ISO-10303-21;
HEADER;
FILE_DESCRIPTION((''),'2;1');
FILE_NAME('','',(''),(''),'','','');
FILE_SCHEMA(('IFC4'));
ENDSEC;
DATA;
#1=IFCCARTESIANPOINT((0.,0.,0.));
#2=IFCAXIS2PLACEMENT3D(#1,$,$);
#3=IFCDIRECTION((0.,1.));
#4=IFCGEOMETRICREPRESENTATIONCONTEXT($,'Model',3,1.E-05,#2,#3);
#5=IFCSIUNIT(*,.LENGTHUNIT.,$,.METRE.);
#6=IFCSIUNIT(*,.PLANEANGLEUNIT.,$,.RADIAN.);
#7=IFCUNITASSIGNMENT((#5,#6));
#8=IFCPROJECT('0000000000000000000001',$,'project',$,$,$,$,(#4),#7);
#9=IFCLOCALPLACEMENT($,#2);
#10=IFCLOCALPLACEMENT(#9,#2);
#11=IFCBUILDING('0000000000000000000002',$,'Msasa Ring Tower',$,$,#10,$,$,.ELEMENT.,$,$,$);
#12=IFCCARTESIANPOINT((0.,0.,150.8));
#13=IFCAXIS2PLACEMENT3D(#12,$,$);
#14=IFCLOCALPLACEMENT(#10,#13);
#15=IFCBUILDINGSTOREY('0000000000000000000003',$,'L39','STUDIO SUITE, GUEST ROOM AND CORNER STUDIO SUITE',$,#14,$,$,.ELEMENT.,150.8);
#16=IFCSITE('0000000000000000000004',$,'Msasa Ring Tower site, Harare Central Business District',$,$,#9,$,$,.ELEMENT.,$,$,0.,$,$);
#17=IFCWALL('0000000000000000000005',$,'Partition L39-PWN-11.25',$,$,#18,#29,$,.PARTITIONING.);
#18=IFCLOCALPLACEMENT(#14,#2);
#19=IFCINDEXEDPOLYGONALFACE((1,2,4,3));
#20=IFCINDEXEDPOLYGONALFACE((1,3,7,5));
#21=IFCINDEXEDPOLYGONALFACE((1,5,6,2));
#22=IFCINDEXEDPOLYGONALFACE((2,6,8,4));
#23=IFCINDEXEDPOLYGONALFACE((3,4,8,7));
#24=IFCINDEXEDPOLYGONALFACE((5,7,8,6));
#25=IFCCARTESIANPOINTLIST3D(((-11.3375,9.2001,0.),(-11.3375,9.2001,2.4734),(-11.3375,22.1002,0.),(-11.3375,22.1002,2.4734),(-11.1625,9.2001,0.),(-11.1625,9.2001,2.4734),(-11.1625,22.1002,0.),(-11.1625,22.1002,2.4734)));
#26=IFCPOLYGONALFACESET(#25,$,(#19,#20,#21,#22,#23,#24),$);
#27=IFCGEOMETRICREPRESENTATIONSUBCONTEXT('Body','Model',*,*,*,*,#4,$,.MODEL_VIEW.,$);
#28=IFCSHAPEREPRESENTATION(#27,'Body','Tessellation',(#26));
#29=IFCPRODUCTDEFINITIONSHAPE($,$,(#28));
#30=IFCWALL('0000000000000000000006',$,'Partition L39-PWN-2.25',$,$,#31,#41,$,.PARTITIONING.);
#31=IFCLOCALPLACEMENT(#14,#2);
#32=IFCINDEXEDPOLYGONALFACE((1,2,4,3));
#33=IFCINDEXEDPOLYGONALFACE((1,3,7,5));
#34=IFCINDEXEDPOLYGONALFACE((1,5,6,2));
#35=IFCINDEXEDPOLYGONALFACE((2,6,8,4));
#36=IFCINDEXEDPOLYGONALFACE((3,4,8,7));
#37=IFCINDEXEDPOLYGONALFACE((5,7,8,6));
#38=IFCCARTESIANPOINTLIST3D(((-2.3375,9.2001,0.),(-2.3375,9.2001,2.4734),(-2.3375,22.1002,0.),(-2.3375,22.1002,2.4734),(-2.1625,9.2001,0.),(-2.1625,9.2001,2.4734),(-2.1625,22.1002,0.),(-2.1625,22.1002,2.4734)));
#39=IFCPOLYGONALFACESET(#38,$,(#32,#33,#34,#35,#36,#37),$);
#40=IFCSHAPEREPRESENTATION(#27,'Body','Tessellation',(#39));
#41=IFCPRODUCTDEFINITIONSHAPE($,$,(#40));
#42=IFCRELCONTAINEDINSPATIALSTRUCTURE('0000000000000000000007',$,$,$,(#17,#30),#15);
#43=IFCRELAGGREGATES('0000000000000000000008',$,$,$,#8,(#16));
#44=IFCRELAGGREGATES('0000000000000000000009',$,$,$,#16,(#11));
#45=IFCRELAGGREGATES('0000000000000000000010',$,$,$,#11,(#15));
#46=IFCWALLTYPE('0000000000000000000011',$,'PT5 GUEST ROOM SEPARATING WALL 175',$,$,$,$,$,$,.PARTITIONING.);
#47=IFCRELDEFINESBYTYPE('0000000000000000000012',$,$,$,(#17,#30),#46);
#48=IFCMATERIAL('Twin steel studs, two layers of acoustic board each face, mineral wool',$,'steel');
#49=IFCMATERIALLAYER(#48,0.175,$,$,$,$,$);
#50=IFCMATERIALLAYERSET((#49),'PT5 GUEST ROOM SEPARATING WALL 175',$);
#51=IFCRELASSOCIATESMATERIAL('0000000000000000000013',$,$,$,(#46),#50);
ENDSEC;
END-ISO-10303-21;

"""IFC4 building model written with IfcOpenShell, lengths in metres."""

from ifc_helpers import new_model, si_unit, direction, frame, frame_2d, origin, place, context, subcontext, project, spatial, rectangle, extrude, material, layer, layer_set, type_object, element, save


model = new_model("IFC4")

# Units and contexts
model_context = context("Model", 3, precision=1e-05, world=origin(), true_north=direction((0.0, 1.0)))
body_context = subcontext(model_context, "Body", "Model", "MODEL_VIEW")
ifc_project = project(units=[si_unit("LENGTHUNIT", "METRE"), si_unit("PLANEANGLEUNIT", "RADIAN")], contexts=[model_context])

# Site, building, storey
site_placement = place(None, origin())
site = spatial("IfcSite", under=ifc_project, at=site_placement, Name="Msasa Ring Tower site, Harare Central Business District", CompositionType="ELEMENT", RefElevation=0.0)
building_placement = place(site_placement, origin())
building = spatial("IfcBuilding", under=site, at=building_placement, Name="Msasa Ring Tower", CompositionType="ELEMENT")
storey_placement = place(building_placement, frame((0.0, 0.0, 150.8)))
storey = spatial("IfcBuildingStorey", under=building, at=storey_placement, Name="L39", Description="STUDIO SUITE, GUEST ROOM AND CORNER STUDIO SUITE", CompositionType="ELEMENT", Elevation=150.8)

# Walls
ifc_material_1 = material(Name="Twin steel studs, two layers of acoustic board each face, mineral wool", Category="steel")
ifc_layer_1 = layer(ifc_material_1, 0.175)
ifc_layer_set_1 = layer_set([ifc_layer_1], Name="PT5 GUEST ROOM SEPARATING WALL 175")
wall_type_1 = type_object("IfcWallType", Name="PT5 GUEST ROOM SEPARATING WALL 175", PredefinedType="PARTITIONING", material=ifc_layer_set_1)
for number, where, z_axis, x_axis, name in (
    (1, (-11.25, 9.2, 0.0), (0.0, 0.0, 1.0), (0.0, 1.0, 0.0), "Partition L39-PWN-11.25"),
    (2, (-2.25, 9.2, 0.0), (0.0, 0.0, 1.0), (0.0, 1.0, 0.0), "Partition L39-PWN-2.25"),
):
    element("IfcWall", number, at=place(storey_placement, frame(where, z_axis=z_axis, x_axis=x_axis)), inside=storey, type_object=wall_type_1, Name=name, PredefinedType="PARTITIONING", context=body_context, shape_type="SweptSolid", body=[
        extrude(rectangle(XDim=12.9001, YDim=0.175, at=frame_2d((6.4502, 0.0))), origin(), (0.0, 0.0, 1.0), 2.4734),
    ])

save(model, "model.ifc")
